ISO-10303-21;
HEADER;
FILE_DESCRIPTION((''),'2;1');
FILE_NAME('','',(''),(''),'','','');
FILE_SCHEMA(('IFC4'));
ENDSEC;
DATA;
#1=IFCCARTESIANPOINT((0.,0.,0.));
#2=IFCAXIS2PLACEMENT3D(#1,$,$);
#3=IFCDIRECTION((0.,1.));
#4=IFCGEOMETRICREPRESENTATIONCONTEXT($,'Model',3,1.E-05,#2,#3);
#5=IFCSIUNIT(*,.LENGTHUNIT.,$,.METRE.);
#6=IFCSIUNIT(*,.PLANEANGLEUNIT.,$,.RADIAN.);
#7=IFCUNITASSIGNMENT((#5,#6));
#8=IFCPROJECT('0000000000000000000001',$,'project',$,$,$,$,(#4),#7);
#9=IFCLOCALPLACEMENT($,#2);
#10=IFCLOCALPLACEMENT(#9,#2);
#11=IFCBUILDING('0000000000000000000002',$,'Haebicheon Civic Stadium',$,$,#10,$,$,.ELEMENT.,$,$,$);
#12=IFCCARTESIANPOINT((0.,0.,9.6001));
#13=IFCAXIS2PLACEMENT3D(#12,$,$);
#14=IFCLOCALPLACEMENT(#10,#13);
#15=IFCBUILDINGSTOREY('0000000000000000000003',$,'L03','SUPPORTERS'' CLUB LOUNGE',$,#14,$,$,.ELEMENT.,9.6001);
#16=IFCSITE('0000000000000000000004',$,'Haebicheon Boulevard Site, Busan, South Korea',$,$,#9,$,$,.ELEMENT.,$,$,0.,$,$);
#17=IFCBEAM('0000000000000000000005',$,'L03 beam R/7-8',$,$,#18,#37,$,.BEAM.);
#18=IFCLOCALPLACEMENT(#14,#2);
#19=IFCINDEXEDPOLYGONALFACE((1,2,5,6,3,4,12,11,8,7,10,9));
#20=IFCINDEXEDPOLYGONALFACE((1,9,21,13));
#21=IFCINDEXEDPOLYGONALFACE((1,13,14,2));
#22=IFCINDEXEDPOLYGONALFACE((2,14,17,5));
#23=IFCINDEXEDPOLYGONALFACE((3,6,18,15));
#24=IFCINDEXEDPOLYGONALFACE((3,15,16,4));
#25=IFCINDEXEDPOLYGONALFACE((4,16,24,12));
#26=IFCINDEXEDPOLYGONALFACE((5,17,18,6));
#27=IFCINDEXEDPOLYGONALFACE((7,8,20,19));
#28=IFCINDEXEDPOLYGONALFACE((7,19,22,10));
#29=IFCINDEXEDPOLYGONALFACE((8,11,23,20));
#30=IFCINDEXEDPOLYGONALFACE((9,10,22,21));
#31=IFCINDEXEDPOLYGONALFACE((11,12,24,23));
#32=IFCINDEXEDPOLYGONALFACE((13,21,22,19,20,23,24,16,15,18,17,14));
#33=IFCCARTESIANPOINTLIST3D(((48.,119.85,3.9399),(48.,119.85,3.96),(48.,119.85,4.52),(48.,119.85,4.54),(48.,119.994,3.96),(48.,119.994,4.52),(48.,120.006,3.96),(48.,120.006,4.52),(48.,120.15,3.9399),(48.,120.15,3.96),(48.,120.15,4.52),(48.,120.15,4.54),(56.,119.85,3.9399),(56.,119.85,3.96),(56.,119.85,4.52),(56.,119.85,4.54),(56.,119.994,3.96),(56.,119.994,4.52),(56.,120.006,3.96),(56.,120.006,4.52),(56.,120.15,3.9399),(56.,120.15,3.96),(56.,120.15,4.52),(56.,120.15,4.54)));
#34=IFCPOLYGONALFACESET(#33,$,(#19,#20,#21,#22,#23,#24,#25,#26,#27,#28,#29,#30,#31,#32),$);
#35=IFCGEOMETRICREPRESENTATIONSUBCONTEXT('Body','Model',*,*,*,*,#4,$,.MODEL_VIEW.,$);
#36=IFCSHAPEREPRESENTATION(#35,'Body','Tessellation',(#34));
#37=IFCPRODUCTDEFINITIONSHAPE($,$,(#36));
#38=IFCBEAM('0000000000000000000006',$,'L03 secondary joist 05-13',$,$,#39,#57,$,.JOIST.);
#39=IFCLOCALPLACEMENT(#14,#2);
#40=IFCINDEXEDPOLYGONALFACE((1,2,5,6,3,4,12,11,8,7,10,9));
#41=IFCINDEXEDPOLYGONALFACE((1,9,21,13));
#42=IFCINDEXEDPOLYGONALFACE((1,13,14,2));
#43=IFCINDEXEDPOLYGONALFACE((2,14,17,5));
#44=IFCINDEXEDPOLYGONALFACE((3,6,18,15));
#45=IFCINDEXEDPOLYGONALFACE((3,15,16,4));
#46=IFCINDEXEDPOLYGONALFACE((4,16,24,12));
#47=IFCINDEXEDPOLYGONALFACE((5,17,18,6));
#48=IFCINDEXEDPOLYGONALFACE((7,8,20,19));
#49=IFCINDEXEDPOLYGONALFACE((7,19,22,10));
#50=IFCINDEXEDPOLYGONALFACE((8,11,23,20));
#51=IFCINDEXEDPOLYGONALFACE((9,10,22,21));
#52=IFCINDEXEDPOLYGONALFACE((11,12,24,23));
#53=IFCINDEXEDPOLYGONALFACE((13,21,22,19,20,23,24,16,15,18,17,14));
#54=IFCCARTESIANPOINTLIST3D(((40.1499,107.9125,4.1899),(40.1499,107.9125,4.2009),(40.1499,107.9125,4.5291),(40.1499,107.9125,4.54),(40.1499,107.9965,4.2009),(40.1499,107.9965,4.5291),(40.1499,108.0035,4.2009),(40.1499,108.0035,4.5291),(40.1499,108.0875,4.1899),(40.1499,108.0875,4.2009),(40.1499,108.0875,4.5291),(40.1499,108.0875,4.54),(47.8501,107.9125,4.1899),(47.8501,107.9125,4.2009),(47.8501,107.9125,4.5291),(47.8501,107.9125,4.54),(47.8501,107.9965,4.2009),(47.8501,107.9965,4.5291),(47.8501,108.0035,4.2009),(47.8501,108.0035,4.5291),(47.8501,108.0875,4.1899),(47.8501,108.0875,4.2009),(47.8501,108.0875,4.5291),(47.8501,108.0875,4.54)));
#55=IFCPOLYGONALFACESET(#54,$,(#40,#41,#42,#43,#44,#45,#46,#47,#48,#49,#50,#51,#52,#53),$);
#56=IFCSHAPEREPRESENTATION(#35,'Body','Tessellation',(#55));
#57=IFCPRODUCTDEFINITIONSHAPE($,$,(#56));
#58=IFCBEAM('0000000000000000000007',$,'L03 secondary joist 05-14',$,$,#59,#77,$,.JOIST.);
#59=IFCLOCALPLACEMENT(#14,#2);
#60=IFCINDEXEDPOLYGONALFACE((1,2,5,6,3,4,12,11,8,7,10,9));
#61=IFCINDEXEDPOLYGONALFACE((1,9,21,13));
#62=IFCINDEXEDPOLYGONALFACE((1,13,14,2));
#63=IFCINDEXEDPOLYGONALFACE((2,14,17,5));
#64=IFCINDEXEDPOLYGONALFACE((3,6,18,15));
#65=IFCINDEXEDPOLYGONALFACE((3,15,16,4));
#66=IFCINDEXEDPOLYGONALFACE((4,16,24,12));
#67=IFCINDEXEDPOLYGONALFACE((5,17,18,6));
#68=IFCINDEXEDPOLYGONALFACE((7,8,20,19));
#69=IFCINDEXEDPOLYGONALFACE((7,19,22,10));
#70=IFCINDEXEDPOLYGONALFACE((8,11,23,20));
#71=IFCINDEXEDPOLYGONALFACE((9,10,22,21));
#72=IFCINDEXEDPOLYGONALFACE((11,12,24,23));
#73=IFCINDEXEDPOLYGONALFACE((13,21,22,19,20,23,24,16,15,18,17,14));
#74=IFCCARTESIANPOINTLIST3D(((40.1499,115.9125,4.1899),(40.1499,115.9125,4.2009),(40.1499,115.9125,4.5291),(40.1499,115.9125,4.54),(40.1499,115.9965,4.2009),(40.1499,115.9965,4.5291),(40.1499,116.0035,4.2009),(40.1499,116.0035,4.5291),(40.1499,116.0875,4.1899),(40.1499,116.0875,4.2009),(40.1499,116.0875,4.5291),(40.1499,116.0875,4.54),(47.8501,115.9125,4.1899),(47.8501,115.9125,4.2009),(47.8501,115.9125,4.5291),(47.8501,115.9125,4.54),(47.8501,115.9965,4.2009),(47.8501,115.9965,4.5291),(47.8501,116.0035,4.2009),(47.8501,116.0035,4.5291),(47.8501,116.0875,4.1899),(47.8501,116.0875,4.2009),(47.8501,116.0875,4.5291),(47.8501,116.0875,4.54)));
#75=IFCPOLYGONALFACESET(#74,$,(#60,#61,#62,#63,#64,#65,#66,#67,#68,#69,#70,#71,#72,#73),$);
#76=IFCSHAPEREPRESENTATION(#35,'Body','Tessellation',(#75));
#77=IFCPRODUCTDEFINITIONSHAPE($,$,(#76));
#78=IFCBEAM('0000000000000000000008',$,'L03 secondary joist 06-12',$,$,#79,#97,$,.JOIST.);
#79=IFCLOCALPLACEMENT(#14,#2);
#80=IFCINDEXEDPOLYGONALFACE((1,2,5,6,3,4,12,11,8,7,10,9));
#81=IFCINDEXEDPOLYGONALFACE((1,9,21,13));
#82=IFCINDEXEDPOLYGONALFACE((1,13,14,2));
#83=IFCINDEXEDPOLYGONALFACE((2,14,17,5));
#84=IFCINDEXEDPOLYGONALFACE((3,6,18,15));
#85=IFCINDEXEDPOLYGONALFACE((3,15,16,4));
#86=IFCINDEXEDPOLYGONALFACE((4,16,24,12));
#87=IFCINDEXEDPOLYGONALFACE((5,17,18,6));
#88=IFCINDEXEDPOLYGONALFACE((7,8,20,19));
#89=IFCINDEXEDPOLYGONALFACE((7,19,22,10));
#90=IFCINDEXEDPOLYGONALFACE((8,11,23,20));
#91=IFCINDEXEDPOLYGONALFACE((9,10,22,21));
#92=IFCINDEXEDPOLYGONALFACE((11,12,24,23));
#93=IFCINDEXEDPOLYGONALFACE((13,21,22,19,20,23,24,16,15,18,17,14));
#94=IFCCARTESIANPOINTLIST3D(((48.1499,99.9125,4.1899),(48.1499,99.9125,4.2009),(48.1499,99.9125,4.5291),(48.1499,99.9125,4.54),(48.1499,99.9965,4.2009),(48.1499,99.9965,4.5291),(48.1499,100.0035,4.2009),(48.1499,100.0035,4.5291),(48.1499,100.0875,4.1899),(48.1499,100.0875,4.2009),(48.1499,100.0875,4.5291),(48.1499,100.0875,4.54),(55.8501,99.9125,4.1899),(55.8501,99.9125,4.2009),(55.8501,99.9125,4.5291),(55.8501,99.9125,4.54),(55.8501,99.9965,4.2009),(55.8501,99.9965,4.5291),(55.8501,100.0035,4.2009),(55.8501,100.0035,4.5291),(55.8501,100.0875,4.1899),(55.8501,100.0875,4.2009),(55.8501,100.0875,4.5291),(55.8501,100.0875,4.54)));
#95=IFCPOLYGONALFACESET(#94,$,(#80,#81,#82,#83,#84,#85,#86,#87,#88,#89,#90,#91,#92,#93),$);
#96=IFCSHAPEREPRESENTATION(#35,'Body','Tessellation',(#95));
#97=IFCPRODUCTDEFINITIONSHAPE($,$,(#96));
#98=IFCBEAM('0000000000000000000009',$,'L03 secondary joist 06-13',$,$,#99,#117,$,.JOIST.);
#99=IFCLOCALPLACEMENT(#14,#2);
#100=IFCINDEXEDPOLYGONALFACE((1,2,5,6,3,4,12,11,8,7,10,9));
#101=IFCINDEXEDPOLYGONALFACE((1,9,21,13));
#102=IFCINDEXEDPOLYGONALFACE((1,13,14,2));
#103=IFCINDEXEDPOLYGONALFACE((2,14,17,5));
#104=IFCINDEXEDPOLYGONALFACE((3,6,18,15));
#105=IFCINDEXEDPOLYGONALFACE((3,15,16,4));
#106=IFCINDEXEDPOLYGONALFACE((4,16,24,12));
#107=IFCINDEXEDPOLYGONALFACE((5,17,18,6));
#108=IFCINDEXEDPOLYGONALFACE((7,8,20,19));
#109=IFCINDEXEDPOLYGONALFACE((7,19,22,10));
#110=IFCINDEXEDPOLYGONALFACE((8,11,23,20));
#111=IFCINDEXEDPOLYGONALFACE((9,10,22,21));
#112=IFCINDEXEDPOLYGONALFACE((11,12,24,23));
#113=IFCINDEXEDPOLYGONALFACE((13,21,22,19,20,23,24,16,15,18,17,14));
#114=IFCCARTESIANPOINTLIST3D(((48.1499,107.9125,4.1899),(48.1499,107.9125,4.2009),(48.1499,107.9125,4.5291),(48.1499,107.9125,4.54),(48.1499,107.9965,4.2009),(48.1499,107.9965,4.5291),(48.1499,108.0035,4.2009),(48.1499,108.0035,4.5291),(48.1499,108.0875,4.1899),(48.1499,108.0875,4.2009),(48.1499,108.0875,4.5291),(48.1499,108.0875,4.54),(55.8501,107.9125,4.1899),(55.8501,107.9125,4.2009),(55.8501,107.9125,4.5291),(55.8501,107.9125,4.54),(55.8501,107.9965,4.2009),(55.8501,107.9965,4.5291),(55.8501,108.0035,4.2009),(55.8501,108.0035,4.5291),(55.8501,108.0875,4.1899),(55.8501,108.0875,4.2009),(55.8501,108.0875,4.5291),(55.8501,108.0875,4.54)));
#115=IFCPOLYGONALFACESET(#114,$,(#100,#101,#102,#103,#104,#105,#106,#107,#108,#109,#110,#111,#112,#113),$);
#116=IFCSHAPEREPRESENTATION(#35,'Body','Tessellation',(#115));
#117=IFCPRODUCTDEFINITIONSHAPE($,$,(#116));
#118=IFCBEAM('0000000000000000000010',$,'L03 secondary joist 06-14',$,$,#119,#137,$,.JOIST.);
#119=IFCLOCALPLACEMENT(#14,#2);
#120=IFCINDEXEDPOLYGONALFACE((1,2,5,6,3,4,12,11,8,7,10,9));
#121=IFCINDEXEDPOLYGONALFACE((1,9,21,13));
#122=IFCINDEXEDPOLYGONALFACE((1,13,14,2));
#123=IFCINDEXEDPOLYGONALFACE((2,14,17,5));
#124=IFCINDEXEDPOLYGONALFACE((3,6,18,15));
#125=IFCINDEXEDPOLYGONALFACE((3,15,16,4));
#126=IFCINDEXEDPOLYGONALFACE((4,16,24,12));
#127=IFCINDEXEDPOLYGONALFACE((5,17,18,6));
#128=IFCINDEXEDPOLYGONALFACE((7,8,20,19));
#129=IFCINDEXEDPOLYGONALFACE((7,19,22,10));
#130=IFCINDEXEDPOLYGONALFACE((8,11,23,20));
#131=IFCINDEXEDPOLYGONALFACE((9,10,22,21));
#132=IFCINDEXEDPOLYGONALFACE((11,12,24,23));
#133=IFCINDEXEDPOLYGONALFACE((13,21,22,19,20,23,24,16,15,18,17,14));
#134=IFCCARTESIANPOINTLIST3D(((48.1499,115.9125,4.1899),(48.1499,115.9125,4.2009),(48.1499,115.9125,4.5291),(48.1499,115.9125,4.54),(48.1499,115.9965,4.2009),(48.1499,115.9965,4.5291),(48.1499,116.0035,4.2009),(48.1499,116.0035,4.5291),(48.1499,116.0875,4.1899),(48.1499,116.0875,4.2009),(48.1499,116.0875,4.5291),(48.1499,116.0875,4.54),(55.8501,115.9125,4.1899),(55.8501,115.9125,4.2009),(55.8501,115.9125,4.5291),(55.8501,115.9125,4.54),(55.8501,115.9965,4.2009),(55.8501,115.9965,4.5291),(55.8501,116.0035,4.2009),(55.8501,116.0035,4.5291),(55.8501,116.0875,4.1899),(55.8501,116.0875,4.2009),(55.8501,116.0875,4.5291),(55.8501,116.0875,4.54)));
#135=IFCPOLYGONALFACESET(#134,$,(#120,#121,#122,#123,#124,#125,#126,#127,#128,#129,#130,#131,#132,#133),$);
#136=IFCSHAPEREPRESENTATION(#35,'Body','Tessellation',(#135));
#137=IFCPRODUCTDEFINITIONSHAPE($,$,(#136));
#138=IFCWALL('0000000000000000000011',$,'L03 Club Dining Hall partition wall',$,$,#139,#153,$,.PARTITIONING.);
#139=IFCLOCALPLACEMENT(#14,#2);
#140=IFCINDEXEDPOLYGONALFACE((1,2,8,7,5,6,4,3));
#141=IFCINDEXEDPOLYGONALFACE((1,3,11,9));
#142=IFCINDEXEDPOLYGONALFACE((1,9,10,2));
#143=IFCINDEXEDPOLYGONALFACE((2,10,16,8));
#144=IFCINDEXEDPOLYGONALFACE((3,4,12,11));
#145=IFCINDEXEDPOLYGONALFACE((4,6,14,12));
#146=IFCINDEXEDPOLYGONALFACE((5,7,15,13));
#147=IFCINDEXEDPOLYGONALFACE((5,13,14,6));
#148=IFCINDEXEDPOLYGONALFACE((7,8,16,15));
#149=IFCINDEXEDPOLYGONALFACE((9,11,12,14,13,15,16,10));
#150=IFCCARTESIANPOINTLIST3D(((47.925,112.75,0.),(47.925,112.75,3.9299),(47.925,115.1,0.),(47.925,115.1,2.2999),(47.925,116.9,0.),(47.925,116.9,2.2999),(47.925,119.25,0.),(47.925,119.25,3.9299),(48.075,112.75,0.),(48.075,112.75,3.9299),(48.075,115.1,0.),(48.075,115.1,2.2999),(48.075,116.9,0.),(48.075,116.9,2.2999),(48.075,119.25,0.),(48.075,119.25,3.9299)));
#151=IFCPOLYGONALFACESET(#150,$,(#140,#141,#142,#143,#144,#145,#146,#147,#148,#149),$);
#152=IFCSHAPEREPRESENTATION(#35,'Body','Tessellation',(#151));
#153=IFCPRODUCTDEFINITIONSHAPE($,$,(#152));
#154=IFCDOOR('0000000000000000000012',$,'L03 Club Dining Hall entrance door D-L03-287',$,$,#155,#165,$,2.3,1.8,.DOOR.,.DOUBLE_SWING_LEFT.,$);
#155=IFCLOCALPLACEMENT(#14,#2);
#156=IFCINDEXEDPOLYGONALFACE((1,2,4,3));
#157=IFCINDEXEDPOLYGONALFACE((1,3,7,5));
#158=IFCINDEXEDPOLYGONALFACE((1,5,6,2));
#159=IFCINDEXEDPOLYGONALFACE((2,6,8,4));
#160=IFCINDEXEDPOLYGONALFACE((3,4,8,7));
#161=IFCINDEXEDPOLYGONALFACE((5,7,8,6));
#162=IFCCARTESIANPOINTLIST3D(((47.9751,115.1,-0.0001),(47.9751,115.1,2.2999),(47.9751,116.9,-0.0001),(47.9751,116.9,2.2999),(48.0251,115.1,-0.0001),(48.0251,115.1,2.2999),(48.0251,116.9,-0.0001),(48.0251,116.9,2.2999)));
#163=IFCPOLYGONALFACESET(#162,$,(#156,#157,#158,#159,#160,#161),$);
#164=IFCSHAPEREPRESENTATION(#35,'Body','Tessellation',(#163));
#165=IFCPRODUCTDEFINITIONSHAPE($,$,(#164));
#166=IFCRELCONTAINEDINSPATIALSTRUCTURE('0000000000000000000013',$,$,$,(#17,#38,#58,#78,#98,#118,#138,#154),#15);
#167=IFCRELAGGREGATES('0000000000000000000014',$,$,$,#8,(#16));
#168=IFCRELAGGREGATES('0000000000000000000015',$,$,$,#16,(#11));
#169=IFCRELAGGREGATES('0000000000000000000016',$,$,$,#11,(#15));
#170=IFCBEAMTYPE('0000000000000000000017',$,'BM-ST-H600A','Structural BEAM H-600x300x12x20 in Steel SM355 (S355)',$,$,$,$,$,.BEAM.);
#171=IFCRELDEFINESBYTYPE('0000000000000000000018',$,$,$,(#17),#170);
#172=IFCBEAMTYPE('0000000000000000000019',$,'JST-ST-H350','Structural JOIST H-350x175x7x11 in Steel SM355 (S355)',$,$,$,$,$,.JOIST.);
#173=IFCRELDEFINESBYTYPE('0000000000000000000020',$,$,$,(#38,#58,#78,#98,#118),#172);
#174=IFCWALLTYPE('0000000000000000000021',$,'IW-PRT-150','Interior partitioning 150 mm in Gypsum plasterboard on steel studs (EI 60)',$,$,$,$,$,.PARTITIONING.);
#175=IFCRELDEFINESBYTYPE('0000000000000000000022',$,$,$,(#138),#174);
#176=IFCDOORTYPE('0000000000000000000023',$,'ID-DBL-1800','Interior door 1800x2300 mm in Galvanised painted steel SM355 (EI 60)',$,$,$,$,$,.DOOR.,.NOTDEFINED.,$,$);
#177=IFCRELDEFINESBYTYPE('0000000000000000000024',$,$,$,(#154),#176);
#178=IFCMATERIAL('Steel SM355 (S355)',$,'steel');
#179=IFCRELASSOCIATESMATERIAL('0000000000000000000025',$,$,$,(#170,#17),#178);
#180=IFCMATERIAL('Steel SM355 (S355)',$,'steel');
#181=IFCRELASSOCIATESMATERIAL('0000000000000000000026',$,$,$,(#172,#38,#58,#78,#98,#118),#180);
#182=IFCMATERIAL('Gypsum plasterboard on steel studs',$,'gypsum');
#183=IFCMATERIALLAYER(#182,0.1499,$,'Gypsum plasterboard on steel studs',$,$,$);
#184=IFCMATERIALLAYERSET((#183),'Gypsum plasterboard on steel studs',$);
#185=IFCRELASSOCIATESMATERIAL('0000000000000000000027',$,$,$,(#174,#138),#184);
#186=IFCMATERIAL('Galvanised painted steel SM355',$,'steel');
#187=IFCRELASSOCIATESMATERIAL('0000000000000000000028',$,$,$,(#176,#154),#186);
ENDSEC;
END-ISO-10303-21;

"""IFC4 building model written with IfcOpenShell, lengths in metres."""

from ifc_helpers import new_model, si_unit, direction, frame, frame_2d, origin, origin_2d, place, context, subcontext, project, spatial, rectangle, i_section, extrude, material, layer, layer_set, material_profile, profile_set, type_object, element, fill, save


model = new_model("IFC4")

# Units and contexts
model_context = context("Model", 3, precision=1e-05, world=origin(), true_north=direction((0.0, 1.0)))
body_context = subcontext(model_context, "Body", "Model", "MODEL_VIEW")
ifc_project = project(units=[si_unit("LENGTHUNIT", "METRE"), si_unit("PLANEANGLEUNIT", "RADIAN")], contexts=[model_context])

# Site, building, storey
site_placement = place(None, origin())
site = spatial("IfcSite", under=ifc_project, at=site_placement, Name="Haebicheon Boulevard Site, Busan, South Korea", CompositionType="ELEMENT", RefElevation=0.0)
building_placement = place(site_placement, origin())
building = spatial("IfcBuilding", under=site, at=building_placement, Name="Haebicheon Civic Stadium", CompositionType="ELEMENT")
storey_placement = place(building_placement, frame((0.0, 0.0, 9.6001)))
storey = spatial("IfcBuildingStorey", under=building, at=storey_placement, Name="L03", Description="SUPPORTERS' CLUB LOUNGE", CompositionType="ELEMENT", Elevation=9.6001)

# Beams
ifc_material_1 = material(Name="Steel SM355 (S355)", Category="steel")
ifc_material_profile_1 = material_profile(ifc_material_1, i_section(OverallWidth=0.3, OverallDepth=0.6001, WebThickness=0.012, FlangeThickness=0.02, at=origin_2d()), Name="H-600x300x12x20")
ifc_profile_set_1 = profile_set([ifc_material_profile_1], Name="Steel SM355 (S355)")
beam_type_1 = type_object("IfcBeamType", Name="BM-ST-H600A", Description="Structural BEAM H-600x300x12x20 in Steel SM355 (S355)", PredefinedType="BEAM", material=ifc_profile_set_1)
for number, where, z_axis, x_axis, name in (
    (1, (48.0, 120.0, 4.24), (1.0, 0.0, 0.0), (0.0, 1.0, 0.0), "L03 beam R/7-8"),
):
    element("IfcBeam", number, at=place(storey_placement, frame(where, z_axis=z_axis, x_axis=x_axis)), inside=storey, type_object=beam_type_1, material=ifc_profile_set_1, Name=name, PredefinedType="BEAM", context=body_context, shape_type="SweptSolid", body=[
        extrude(i_section(OverallWidth=0.3, OverallDepth=0.6001, WebThickness=0.012, FlangeThickness=0.02, at=origin_2d()), origin(), (0.0, 0.0, 1.0), 8.0),
    ])
ifc_material_2 = material(Name="Steel SM355 (S355)", Category="steel")
ifc_material_profile_2 = material_profile(ifc_material_2, i_section(OverallWidth=0.175, OverallDepth=0.3501, WebThickness=0.0071, FlangeThickness=0.011, at=origin_2d()), Name="H-350x175x7x11")
ifc_profile_set_2 = profile_set([ifc_material_profile_2], Name="Steel SM355 (S355)")
beam_type_2 = type_object("IfcBeamType", Name="JST-ST-H350", Description="Structural JOIST H-350x175x7x11 in Steel SM355 (S355)", PredefinedType="JOIST", material=ifc_profile_set_2)
for number, where, z_axis, x_axis, name in (
    (2, (40.1499, 108.0, 4.365), (1.0, 0.0, 0.0), (0.0, 1.0, 0.0), "L03 secondary joist 05-13"),
    (3, (40.1499, 116.0, 4.365), (1.0, 0.0, 0.0), (0.0, 1.0, 0.0), "L03 secondary joist 05-14"),
    (4, (48.1499, 100.0, 4.365), (1.0, 0.0, 0.0), (0.0, 1.0, 0.0), "L03 secondary joist 06-12"),
    (5, (48.1499, 108.0, 4.365), (1.0, 0.0, 0.0), (0.0, 1.0, 0.0), "L03 secondary joist 06-13"),
    (6, (48.1499, 116.0, 4.365), (1.0, 0.0, 0.0), (0.0, 1.0, 0.0), "L03 secondary joist 06-14"),
):
    element("IfcBeam", number, at=place(storey_placement, frame(where, z_axis=z_axis, x_axis=x_axis)), inside=storey, type_object=beam_type_2, material=ifc_profile_set_2, Name=name, PredefinedType="JOIST", context=body_context, shape_type="SweptSolid", body=[
        extrude(i_section(OverallWidth=0.175, OverallDepth=0.3501, WebThickness=0.0071, FlangeThickness=0.011, at=origin_2d()), origin(), (0.0, 0.0, 1.0), 7.7002),
    ])

# Wall, opening, door
ifc_material_3 = material(Name="Gypsum plasterboard on steel studs", Category="gypsum")
ifc_layer = layer(ifc_material_3, 0.1499, Name="Gypsum plasterboard on steel studs")
ifc_layer_set = layer_set([ifc_layer], Name="Gypsum plasterboard on steel studs")
wall_type = type_object("IfcWallType", Name="IW-PRT-150", Description="Interior partitioning 150 mm in Gypsum plasterboard on steel studs (EI 60)", PredefinedType="PARTITIONING", material=ifc_layer_set)
wall_placement = place(storey_placement, frame((48.0, 112.75, 0.0), z_axis=(0.0, 0.0, 1.0), x_axis=(0.0, 1.0, 0.0)))
wall = element("IfcWall", 7, at=wall_placement, inside=storey, type_object=wall_type, material=ifc_layer_set, Name="L03 Club Dining Hall partition wall", PredefinedType="PARTITIONING", context=body_context, shape_type="SweptSolid", body=[
    extrude(rectangle(XDim=6.5, YDim=0.1499, at=frame_2d((3.25, 0.0))), origin(), (0.0, 0.0, 1.0), 3.9299),
])
opening_placement = place(wall_placement, frame((2.3501, 0.0, 0.0)))
opening = element("IfcOpeningElement", 8, at=opening_placement, cuts=wall, PredefinedType="OPENING", context=body_context, shape_type="SweptSolid", body=[
    extrude(rectangle(XDim=1.8, YDim=2.3, at=frame_2d((0.8999, 1.1499))), frame((0.0, 0.085, 0.0), z_axis=(0.0, -1.0, 0.0), x_axis=(1.0, 0.0, 0.0)), (0.0, 0.0, 1.0), 0.1699),
])
ifc_material_4 = material(Name="Galvanised painted steel SM355", Category="steel")
door_type = type_object("IfcDoorType", Name="ID-DBL-1800", Description="Interior door 1800x2300 mm in Galvanised painted steel SM355 (EI 60)", OperationType="NOTDEFINED", PredefinedType="DOOR", material=ifc_material_4)
door_placement = place(opening_placement, origin())
door = element("IfcDoor", 9, at=door_placement, inside=storey, type_object=door_type, material=ifc_material_4, Name="L03 Club Dining Hall entrance door D-L03-287", OperationType="DOUBLE_SWING_LEFT", OverallHeight=2.3, OverallWidth=1.8, PredefinedType="DOOR", context=body_context, shape_type="SweptSolid", body=[
    extrude(rectangle(XDim=1.8, YDim=2.3, at=frame_2d((0.8999, 1.1499))), frame((0.0, 0.0249, 0.0), z_axis=(0.0, -1.0, 0.0), x_axis=(1.0, 0.0, 0.0)), (0.0, 0.0, 1.0), 0.05),
])
fill(opening, door)

save(model, "model.ifc")
